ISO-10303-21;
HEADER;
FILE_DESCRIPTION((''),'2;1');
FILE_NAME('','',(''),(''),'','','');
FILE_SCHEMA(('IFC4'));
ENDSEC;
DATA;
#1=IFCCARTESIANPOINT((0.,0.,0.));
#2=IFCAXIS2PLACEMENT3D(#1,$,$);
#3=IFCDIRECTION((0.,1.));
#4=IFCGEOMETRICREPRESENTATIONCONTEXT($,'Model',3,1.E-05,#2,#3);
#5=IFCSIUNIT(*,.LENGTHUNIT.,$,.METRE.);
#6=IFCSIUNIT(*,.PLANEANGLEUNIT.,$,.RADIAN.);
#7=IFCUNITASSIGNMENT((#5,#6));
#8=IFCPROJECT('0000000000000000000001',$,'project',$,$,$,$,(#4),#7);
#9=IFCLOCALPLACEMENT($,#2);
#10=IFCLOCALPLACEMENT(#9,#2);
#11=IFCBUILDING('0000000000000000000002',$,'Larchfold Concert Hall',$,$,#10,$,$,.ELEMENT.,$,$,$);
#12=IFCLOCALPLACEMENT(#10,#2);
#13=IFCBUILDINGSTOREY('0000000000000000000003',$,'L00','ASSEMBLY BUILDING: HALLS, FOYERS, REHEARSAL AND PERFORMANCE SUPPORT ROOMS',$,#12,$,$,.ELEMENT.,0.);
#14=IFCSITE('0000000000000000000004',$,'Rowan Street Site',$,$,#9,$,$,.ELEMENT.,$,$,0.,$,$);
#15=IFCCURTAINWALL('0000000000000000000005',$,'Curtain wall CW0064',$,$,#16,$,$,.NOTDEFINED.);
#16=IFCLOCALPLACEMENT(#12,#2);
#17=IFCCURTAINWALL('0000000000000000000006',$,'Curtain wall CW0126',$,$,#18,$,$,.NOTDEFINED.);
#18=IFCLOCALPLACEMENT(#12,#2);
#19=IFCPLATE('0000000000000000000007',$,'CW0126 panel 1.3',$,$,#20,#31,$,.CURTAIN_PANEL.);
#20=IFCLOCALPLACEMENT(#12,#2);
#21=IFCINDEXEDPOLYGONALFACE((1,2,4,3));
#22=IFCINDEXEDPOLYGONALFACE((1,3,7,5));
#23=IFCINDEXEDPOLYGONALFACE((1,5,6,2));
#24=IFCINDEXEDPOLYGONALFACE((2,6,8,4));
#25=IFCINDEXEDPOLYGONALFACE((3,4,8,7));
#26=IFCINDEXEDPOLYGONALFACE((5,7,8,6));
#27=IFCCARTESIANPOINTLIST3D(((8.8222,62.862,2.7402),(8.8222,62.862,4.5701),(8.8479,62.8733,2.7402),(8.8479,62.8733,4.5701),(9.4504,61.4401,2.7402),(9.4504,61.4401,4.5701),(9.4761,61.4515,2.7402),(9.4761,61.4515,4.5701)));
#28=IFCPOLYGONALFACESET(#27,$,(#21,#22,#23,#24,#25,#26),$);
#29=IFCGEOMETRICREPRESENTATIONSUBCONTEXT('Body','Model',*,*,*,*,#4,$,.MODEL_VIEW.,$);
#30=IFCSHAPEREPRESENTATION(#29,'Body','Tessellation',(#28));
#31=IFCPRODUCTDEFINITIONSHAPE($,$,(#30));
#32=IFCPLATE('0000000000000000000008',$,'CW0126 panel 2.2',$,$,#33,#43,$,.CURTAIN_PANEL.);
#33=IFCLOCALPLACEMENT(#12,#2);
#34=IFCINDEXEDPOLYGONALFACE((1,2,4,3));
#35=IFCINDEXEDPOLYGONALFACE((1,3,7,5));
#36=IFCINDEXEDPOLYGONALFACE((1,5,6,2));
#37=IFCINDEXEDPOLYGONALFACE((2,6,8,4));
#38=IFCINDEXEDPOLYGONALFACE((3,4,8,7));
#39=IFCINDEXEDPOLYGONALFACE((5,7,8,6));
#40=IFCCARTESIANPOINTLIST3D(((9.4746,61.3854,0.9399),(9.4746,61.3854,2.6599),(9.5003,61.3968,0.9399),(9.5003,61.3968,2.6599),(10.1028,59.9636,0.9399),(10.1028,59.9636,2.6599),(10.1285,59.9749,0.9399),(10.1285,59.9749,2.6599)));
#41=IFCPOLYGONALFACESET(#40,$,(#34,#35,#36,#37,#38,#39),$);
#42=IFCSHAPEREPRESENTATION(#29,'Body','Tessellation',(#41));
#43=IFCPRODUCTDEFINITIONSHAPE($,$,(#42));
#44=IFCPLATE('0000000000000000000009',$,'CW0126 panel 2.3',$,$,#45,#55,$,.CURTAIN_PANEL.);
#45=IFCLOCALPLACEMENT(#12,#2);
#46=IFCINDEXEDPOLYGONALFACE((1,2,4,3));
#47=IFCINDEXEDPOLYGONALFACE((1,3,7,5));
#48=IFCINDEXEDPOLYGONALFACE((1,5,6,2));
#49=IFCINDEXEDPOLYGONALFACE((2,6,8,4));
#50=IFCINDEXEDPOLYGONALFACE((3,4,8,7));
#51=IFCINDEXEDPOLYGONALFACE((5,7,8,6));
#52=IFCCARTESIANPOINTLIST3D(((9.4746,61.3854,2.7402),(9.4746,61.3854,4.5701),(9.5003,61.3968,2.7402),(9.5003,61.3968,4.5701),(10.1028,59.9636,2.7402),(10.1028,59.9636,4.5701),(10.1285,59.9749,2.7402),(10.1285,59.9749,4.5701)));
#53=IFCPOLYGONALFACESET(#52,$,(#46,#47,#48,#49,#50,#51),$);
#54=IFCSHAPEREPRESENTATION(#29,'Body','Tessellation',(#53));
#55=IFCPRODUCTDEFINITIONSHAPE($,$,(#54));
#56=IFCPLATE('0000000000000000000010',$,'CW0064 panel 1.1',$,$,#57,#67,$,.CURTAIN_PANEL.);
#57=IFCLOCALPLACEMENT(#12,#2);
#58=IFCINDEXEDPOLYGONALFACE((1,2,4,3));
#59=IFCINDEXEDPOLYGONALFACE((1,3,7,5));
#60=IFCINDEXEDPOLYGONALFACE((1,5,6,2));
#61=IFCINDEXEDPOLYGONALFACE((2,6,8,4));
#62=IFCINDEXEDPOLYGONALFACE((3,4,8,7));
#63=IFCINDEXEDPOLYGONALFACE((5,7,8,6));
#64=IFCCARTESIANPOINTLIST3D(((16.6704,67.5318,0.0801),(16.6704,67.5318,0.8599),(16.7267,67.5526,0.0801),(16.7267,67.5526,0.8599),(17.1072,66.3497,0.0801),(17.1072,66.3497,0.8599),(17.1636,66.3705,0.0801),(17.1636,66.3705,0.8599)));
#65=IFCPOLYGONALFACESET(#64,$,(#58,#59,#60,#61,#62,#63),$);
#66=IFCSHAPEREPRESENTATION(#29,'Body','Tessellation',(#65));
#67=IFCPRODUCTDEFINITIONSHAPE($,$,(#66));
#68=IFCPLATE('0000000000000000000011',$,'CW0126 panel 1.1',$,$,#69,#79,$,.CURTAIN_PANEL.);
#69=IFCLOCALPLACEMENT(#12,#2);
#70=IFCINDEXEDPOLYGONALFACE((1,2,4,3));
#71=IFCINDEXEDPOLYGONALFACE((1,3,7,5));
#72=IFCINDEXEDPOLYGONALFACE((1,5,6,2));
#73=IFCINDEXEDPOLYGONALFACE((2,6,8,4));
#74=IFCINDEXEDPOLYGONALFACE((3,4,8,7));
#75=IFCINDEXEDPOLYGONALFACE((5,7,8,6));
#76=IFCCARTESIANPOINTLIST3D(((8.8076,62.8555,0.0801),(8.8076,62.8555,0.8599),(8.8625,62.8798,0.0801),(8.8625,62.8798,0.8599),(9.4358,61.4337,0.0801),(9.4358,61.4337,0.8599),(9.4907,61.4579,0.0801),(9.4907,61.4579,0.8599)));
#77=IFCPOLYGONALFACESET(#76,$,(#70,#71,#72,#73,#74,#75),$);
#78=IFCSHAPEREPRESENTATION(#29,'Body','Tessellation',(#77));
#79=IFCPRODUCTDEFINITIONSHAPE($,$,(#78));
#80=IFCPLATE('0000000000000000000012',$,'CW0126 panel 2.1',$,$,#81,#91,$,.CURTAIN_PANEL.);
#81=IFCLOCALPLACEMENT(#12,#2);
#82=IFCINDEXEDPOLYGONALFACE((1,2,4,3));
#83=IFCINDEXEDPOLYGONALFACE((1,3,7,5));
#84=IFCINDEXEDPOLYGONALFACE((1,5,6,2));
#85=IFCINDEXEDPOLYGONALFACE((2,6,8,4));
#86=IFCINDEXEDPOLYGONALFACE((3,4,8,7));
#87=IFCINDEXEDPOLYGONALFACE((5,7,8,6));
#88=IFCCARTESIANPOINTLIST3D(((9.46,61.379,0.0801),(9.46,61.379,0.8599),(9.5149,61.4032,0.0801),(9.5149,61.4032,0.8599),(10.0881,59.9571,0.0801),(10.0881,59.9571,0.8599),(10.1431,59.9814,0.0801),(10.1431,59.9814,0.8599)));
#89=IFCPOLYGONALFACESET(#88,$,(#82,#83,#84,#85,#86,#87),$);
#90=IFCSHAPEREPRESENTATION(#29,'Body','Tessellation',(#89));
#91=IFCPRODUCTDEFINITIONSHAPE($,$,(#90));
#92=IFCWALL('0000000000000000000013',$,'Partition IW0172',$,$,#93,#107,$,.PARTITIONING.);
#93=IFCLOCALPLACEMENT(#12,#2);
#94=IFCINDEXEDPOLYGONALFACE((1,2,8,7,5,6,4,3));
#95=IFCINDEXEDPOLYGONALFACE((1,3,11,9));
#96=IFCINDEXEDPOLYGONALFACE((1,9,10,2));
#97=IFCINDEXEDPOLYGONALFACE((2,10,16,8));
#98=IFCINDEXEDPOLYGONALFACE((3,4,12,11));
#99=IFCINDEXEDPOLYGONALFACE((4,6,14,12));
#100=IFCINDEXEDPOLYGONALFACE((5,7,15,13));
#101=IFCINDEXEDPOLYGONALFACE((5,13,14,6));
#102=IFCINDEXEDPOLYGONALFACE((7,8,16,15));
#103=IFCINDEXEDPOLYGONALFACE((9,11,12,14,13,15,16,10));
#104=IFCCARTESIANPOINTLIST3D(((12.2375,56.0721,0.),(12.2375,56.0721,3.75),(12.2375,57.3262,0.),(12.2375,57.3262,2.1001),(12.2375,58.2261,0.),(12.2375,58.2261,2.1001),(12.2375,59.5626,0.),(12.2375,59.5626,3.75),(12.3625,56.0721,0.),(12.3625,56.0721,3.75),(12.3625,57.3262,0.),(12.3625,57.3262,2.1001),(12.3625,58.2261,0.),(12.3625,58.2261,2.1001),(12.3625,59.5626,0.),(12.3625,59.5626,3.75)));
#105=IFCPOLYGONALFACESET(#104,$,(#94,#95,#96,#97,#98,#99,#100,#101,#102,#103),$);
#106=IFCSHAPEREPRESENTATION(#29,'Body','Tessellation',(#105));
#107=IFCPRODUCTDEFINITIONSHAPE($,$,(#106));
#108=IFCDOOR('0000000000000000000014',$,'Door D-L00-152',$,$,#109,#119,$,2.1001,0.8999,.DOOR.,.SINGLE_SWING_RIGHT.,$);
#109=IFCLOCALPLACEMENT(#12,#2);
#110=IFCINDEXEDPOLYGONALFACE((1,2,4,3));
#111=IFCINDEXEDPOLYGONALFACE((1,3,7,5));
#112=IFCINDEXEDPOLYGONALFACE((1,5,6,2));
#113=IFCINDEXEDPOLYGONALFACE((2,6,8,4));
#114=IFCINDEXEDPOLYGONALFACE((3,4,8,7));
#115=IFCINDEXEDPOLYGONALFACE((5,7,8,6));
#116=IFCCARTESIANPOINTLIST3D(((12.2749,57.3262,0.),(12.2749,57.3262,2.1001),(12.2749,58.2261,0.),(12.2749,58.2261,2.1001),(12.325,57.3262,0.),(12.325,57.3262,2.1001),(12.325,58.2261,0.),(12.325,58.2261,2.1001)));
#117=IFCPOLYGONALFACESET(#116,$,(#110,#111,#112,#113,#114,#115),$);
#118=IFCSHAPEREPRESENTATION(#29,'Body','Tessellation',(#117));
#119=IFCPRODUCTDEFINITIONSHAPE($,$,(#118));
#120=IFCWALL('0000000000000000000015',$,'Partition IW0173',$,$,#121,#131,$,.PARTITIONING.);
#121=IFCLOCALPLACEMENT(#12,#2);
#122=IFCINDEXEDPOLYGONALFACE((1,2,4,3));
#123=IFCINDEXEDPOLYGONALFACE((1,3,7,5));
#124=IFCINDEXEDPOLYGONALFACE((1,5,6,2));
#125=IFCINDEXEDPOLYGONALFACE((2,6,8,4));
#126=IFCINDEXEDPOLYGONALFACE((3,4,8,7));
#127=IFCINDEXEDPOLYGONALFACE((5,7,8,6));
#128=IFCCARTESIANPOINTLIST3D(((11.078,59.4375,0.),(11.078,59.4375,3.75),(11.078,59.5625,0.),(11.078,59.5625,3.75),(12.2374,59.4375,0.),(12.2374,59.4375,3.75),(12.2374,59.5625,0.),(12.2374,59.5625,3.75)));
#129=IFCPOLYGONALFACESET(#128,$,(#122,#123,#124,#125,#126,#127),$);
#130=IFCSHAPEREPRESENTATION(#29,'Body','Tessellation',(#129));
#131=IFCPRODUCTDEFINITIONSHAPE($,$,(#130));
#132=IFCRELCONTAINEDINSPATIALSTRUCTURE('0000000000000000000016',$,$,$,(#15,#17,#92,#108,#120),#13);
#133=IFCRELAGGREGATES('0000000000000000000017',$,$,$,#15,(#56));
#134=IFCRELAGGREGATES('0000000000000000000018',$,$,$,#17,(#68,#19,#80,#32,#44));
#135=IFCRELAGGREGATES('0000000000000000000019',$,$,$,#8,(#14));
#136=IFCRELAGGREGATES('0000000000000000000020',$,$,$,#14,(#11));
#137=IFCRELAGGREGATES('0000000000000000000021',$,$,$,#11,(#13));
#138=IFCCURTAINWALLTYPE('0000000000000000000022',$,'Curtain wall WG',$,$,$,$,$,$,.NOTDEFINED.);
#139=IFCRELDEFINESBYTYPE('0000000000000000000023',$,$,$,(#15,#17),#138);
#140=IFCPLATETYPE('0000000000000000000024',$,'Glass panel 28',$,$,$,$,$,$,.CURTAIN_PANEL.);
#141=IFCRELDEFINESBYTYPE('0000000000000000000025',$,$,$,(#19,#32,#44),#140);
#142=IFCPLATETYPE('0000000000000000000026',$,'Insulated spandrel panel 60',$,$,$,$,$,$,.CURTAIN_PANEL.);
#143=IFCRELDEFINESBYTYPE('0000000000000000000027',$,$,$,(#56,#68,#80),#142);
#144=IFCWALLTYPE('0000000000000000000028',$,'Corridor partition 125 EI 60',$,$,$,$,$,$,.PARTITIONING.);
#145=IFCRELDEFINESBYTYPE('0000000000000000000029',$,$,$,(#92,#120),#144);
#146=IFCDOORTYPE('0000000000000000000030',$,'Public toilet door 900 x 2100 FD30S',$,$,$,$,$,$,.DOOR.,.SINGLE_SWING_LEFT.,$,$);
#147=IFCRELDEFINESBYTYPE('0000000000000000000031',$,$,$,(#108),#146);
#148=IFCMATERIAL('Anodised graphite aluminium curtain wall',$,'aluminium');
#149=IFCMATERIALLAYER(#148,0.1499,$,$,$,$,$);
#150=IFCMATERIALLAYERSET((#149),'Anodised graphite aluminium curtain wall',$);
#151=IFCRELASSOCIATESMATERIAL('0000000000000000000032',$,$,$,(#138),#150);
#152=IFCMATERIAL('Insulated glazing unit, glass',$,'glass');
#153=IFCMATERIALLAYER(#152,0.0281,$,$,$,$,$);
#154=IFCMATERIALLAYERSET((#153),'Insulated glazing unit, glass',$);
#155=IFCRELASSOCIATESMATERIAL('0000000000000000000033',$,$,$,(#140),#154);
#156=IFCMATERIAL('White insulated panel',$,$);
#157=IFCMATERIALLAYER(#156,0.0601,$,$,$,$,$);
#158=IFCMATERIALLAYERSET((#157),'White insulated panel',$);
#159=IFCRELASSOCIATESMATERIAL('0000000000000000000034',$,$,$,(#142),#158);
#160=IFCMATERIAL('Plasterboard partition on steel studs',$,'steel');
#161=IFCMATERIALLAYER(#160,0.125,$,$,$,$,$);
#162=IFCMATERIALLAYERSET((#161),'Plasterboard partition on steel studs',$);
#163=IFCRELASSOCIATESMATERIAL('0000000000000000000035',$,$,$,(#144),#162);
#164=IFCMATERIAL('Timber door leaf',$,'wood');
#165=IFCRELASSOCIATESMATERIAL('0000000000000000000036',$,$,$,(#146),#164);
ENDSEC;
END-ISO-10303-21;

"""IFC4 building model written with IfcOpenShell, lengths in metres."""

from ifc_helpers import new_model, si_unit, direction, frame, frame_2d, origin, origin_2d, place, context, subcontext, project, spatial, rectangle, extrude, material, layer, layer_set, type_object, element, fill, aggregate, save


model = new_model("IFC4")

# Units and contexts
model_context = context("Model", 3, precision=1e-05, world=origin(), true_north=direction((0.0, 1.0)))
body_context = subcontext(model_context, "Body", "Model", "MODEL_VIEW")
ifc_project = project(units=[si_unit("LENGTHUNIT", "METRE"), si_unit("PLANEANGLEUNIT", "RADIAN")], contexts=[model_context])

# Site, building, storey
site_placement = place(None, origin())
site = spatial("IfcSite", under=ifc_project, at=site_placement, Name="Rowan Street Site", CompositionType="ELEMENT", RefElevation=0.0)
building_placement = place(site_placement, origin())
building = spatial("IfcBuilding", under=site, at=building_placement, Name="Larchfold Concert Hall", CompositionType="ELEMENT")
storey_placement = place(building_placement, origin())
storey = spatial("IfcBuildingStorey", under=building, at=storey_placement, Name="L00", Description="ASSEMBLY BUILDING: HALLS, FOYERS, REHEARSAL AND PERFORMANCE SUPPORT ROOMS", CompositionType="ELEMENT", Elevation=0.0)

# Curtain wall
ifc_material_1 = material(Name="Anodised graphite aluminium curtain wall", Category="aluminium")
ifc_layer_1 = layer(ifc_material_1, 0.1499)
ifc_layer_set_1 = layer_set([ifc_layer_1], Name="Anodised graphite aluminium curtain wall")
curtain_wall_type = type_object("IfcCurtainWallType", Name="Curtain wall WG", PredefinedType="NOTDEFINED", material=ifc_layer_set_1)
curtain_wall_1_placement = place(storey_placement, origin())
curtain_wall_1 = element("IfcCurtainWall", 1, at=curtain_wall_1_placement, inside=storey, type_object=curtain_wall_type, Name="Curtain wall CW0064", PredefinedType="NOTDEFINED")

# Curtain wall
curtain_wall_2_placement = place(storey_placement, origin())
curtain_wall_2 = element("IfcCurtainWall", 2, at=curtain_wall_2_placement, inside=storey, type_object=curtain_wall_type, Name="Curtain wall CW0126", PredefinedType="NOTDEFINED")

# Plates
ifc_material_2 = material(Name="Insulated glazing unit, glass", Category="glass")
ifc_layer_2 = layer(ifc_material_2, 0.0281)
ifc_layer_set_2 = layer_set([ifc_layer_2], Name="Insulated glazing unit, glass")
plate_type_1 = type_object("IfcPlateType", Name="Glass panel 28", PredefinedType="CURTAIN_PANEL", material=ifc_layer_set_2)
plate_1_placement = place(storey_placement, frame((9.1492, 62.1567, 2.7402), z_axis=(0.0, 0.0, 1.0), x_axis=(0.404126, -0.914703, 0.0)))
plate_1 = element("IfcPlate", 3, at=plate_1_placement, type_object=plate_type_1, Name="CW0126 panel 1.3", PredefinedType="CURTAIN_PANEL", context=body_context, shape_type="SweptSolid", body=[
    extrude(rectangle(XDim=1.5544, YDim=0.0281, at=origin_2d()), origin(), (0.0, 0.0, 1.0), 1.8298),
])
plate_2_placement = place(storey_placement, frame((9.8015, 60.6802, 0.9399), z_axis=(0.0, 0.0, 1.0), x_axis=(0.404126, -0.914703, 0.0)))
plate_2 = element("IfcPlate", 4, at=plate_2_placement, type_object=plate_type_1, Name="CW0126 panel 2.2", PredefinedType="CURTAIN_PANEL", context=body_context, shape_type="SweptSolid", body=[
    extrude(rectangle(XDim=1.5544, YDim=0.0281, at=origin_2d()), origin(), (0.0, 0.0, 1.0), 1.72),
])
plate_3_placement = place(storey_placement, frame((9.8015, 60.6802, 2.7402), z_axis=(0.0, 0.0, 1.0), x_axis=(0.404126, -0.914703, 0.0)))
plate_3 = element("IfcPlate", 5, at=plate_3_placement, type_object=plate_type_1, Name="CW0126 panel 2.3", PredefinedType="CURTAIN_PANEL", context=body_context, shape_type="SweptSolid", body=[
    extrude(rectangle(XDim=1.5544, YDim=0.0281, at=origin_2d()), origin(), (0.0, 0.0, 1.0), 1.8298),
])
ifc_material_3 = material(Name="White insulated panel")
ifc_layer_3 = layer(ifc_material_3, 0.0601)
ifc_layer_set_3 = layer_set([ifc_layer_3], Name="White insulated panel")
plate_type_2 = type_object("IfcPlateType", Name="Insulated spandrel panel 60", PredefinedType="CURTAIN_PANEL", material=ifc_layer_set_3)
plate_4_placement = place(storey_placement, frame((16.917, 66.9512, 0.0801), z_axis=(0.0, 0.0, 1.0), x_axis=(-0.346631, 0.938002, 0.0)))
plate_4 = element("IfcPlate", 6, at=plate_4_placement, type_object=plate_type_2, Name="CW0064 panel 1.1", PredefinedType="CURTAIN_PANEL", context=body_context, shape_type="SweptSolid", body=[
    extrude(rectangle(XDim=1.2603, YDim=0.0601, at=origin_2d()), origin(), (0.0, 0.0, 1.0), 0.7798),
])
aggregate(curtain_wall_1, [plate_4])
plate_5_placement = place(storey_placement, frame((9.1492, 62.1567, 0.0801), z_axis=(0.0, 0.0, 1.0), x_axis=(0.404126, -0.914703, 0.0)))
plate_5 = element("IfcPlate", 7, at=plate_5_placement, type_object=plate_type_2, Name="CW0126 panel 1.1", PredefinedType="CURTAIN_PANEL", context=body_context, shape_type="SweptSolid", body=[
    extrude(rectangle(XDim=1.5544, YDim=0.0601, at=origin_2d()), origin(), (0.0, 0.0, 1.0), 0.7798),
])
plate_6_placement = place(storey_placement, frame((9.8015, 60.6802, 0.0801), z_axis=(0.0, 0.0, 1.0), x_axis=(0.404126, -0.914703, 0.0)))
plate_6 = element("IfcPlate", 8, at=plate_6_placement, type_object=plate_type_2, Name="CW0126 panel 2.1", PredefinedType="CURTAIN_PANEL", context=body_context, shape_type="SweptSolid", body=[
    extrude(rectangle(XDim=1.5544, YDim=0.0601, at=origin_2d()), origin(), (0.0, 0.0, 1.0), 0.7798),
])
aggregate(curtain_wall_2, [plate_5, plate_1, plate_6, plate_2, plate_3])

# Wall, opening, door
ifc_material_4 = material(Name="Plasterboard partition on steel studs", Category="steel")
ifc_layer_4 = layer(ifc_material_4, 0.125)
ifc_layer_set_4 = layer_set([ifc_layer_4], Name="Plasterboard partition on steel studs")
wall_type = type_object("IfcWallType", Name="Corridor partition 125 EI 60", PredefinedType="PARTITIONING", material=ifc_layer_set_4)
wall_1_placement = place(storey_placement, frame((12.3, 59.5625, 0.0), z_axis=(0.0, 0.0, 1.0), x_axis=(0.0, -1.0, 0.0)))
wall_1 = element("IfcWall", 9, at=wall_1_placement, inside=storey, type_object=wall_type, Name="Partition IW0172", PredefinedType="PARTITIONING", context=body_context, shape_type="SweptSolid", body=[
    extrude(rectangle(XDim=3.4905, YDim=0.125, at=frame_2d((1.7451, 0.0))), origin(), (0.0, 0.0, 1.0), 3.75),
])
opening_placement = place(wall_1_placement, frame((1.3364, 0.0, 0.0)))
opening = element("IfcOpeningElement", 10, at=opening_placement, cuts=wall_1, PredefinedType="OPENING", context=body_context, shape_type="SweptSolid", body=[
    extrude(rectangle(XDim=0.8999, YDim=2.1001, at=frame_2d((0.45, 1.05))), frame((0.0, 0.0725, 0.0), z_axis=(0.0, -1.0, 0.0), x_axis=(1.0, 0.0, 0.0)), (0.0, 0.0, 1.0), 0.145),
])
ifc_material_5 = material(Name="Timber door leaf", Category="wood")
door_type = type_object("IfcDoorType", Name="Public toilet door 900 x 2100 FD30S", OperationType="SINGLE_SWING_LEFT", PredefinedType="DOOR", material=ifc_material_5)
door_placement = place(opening_placement, origin())
door = element("IfcDoor", 11, at=door_placement, inside=storey, type_object=door_type, Name="Door D-L00-152", OperationType="SINGLE_SWING_RIGHT", OverallHeight=2.1001, OverallWidth=0.8999, PredefinedType="DOOR", context=body_context, shape_type="SweptSolid", body=[
    extrude(rectangle(XDim=0.8999, YDim=2.1001, at=frame_2d((0.45, 1.05))), frame((0.0, 0.0249, 0.0), z_axis=(0.0, -1.0, 0.0), x_axis=(1.0, 0.0, 0.0)), (0.0, 0.0, 1.0), 0.05),
])
fill(opening, door)

# Wall
wall_2_placement = place(storey_placement, frame((11.0781, 59.5, 0.0), z_axis=(0.0, 0.0, 1.0), x_axis=(1.0, 0.0, 0.0)))
element("IfcWall", 12, at=wall_2_placement, inside=storey, type_object=wall_type, Name="Partition IW0173", PredefinedType="PARTITIONING", context=body_context, shape_type="SweptSolid", body=[
    extrude(rectangle(XDim=1.1594, YDim=0.125, at=frame_2d((0.5796, 0.0))), origin(), (0.0, 0.0, 1.0), 3.75),
])

save(model, "model.ifc")
